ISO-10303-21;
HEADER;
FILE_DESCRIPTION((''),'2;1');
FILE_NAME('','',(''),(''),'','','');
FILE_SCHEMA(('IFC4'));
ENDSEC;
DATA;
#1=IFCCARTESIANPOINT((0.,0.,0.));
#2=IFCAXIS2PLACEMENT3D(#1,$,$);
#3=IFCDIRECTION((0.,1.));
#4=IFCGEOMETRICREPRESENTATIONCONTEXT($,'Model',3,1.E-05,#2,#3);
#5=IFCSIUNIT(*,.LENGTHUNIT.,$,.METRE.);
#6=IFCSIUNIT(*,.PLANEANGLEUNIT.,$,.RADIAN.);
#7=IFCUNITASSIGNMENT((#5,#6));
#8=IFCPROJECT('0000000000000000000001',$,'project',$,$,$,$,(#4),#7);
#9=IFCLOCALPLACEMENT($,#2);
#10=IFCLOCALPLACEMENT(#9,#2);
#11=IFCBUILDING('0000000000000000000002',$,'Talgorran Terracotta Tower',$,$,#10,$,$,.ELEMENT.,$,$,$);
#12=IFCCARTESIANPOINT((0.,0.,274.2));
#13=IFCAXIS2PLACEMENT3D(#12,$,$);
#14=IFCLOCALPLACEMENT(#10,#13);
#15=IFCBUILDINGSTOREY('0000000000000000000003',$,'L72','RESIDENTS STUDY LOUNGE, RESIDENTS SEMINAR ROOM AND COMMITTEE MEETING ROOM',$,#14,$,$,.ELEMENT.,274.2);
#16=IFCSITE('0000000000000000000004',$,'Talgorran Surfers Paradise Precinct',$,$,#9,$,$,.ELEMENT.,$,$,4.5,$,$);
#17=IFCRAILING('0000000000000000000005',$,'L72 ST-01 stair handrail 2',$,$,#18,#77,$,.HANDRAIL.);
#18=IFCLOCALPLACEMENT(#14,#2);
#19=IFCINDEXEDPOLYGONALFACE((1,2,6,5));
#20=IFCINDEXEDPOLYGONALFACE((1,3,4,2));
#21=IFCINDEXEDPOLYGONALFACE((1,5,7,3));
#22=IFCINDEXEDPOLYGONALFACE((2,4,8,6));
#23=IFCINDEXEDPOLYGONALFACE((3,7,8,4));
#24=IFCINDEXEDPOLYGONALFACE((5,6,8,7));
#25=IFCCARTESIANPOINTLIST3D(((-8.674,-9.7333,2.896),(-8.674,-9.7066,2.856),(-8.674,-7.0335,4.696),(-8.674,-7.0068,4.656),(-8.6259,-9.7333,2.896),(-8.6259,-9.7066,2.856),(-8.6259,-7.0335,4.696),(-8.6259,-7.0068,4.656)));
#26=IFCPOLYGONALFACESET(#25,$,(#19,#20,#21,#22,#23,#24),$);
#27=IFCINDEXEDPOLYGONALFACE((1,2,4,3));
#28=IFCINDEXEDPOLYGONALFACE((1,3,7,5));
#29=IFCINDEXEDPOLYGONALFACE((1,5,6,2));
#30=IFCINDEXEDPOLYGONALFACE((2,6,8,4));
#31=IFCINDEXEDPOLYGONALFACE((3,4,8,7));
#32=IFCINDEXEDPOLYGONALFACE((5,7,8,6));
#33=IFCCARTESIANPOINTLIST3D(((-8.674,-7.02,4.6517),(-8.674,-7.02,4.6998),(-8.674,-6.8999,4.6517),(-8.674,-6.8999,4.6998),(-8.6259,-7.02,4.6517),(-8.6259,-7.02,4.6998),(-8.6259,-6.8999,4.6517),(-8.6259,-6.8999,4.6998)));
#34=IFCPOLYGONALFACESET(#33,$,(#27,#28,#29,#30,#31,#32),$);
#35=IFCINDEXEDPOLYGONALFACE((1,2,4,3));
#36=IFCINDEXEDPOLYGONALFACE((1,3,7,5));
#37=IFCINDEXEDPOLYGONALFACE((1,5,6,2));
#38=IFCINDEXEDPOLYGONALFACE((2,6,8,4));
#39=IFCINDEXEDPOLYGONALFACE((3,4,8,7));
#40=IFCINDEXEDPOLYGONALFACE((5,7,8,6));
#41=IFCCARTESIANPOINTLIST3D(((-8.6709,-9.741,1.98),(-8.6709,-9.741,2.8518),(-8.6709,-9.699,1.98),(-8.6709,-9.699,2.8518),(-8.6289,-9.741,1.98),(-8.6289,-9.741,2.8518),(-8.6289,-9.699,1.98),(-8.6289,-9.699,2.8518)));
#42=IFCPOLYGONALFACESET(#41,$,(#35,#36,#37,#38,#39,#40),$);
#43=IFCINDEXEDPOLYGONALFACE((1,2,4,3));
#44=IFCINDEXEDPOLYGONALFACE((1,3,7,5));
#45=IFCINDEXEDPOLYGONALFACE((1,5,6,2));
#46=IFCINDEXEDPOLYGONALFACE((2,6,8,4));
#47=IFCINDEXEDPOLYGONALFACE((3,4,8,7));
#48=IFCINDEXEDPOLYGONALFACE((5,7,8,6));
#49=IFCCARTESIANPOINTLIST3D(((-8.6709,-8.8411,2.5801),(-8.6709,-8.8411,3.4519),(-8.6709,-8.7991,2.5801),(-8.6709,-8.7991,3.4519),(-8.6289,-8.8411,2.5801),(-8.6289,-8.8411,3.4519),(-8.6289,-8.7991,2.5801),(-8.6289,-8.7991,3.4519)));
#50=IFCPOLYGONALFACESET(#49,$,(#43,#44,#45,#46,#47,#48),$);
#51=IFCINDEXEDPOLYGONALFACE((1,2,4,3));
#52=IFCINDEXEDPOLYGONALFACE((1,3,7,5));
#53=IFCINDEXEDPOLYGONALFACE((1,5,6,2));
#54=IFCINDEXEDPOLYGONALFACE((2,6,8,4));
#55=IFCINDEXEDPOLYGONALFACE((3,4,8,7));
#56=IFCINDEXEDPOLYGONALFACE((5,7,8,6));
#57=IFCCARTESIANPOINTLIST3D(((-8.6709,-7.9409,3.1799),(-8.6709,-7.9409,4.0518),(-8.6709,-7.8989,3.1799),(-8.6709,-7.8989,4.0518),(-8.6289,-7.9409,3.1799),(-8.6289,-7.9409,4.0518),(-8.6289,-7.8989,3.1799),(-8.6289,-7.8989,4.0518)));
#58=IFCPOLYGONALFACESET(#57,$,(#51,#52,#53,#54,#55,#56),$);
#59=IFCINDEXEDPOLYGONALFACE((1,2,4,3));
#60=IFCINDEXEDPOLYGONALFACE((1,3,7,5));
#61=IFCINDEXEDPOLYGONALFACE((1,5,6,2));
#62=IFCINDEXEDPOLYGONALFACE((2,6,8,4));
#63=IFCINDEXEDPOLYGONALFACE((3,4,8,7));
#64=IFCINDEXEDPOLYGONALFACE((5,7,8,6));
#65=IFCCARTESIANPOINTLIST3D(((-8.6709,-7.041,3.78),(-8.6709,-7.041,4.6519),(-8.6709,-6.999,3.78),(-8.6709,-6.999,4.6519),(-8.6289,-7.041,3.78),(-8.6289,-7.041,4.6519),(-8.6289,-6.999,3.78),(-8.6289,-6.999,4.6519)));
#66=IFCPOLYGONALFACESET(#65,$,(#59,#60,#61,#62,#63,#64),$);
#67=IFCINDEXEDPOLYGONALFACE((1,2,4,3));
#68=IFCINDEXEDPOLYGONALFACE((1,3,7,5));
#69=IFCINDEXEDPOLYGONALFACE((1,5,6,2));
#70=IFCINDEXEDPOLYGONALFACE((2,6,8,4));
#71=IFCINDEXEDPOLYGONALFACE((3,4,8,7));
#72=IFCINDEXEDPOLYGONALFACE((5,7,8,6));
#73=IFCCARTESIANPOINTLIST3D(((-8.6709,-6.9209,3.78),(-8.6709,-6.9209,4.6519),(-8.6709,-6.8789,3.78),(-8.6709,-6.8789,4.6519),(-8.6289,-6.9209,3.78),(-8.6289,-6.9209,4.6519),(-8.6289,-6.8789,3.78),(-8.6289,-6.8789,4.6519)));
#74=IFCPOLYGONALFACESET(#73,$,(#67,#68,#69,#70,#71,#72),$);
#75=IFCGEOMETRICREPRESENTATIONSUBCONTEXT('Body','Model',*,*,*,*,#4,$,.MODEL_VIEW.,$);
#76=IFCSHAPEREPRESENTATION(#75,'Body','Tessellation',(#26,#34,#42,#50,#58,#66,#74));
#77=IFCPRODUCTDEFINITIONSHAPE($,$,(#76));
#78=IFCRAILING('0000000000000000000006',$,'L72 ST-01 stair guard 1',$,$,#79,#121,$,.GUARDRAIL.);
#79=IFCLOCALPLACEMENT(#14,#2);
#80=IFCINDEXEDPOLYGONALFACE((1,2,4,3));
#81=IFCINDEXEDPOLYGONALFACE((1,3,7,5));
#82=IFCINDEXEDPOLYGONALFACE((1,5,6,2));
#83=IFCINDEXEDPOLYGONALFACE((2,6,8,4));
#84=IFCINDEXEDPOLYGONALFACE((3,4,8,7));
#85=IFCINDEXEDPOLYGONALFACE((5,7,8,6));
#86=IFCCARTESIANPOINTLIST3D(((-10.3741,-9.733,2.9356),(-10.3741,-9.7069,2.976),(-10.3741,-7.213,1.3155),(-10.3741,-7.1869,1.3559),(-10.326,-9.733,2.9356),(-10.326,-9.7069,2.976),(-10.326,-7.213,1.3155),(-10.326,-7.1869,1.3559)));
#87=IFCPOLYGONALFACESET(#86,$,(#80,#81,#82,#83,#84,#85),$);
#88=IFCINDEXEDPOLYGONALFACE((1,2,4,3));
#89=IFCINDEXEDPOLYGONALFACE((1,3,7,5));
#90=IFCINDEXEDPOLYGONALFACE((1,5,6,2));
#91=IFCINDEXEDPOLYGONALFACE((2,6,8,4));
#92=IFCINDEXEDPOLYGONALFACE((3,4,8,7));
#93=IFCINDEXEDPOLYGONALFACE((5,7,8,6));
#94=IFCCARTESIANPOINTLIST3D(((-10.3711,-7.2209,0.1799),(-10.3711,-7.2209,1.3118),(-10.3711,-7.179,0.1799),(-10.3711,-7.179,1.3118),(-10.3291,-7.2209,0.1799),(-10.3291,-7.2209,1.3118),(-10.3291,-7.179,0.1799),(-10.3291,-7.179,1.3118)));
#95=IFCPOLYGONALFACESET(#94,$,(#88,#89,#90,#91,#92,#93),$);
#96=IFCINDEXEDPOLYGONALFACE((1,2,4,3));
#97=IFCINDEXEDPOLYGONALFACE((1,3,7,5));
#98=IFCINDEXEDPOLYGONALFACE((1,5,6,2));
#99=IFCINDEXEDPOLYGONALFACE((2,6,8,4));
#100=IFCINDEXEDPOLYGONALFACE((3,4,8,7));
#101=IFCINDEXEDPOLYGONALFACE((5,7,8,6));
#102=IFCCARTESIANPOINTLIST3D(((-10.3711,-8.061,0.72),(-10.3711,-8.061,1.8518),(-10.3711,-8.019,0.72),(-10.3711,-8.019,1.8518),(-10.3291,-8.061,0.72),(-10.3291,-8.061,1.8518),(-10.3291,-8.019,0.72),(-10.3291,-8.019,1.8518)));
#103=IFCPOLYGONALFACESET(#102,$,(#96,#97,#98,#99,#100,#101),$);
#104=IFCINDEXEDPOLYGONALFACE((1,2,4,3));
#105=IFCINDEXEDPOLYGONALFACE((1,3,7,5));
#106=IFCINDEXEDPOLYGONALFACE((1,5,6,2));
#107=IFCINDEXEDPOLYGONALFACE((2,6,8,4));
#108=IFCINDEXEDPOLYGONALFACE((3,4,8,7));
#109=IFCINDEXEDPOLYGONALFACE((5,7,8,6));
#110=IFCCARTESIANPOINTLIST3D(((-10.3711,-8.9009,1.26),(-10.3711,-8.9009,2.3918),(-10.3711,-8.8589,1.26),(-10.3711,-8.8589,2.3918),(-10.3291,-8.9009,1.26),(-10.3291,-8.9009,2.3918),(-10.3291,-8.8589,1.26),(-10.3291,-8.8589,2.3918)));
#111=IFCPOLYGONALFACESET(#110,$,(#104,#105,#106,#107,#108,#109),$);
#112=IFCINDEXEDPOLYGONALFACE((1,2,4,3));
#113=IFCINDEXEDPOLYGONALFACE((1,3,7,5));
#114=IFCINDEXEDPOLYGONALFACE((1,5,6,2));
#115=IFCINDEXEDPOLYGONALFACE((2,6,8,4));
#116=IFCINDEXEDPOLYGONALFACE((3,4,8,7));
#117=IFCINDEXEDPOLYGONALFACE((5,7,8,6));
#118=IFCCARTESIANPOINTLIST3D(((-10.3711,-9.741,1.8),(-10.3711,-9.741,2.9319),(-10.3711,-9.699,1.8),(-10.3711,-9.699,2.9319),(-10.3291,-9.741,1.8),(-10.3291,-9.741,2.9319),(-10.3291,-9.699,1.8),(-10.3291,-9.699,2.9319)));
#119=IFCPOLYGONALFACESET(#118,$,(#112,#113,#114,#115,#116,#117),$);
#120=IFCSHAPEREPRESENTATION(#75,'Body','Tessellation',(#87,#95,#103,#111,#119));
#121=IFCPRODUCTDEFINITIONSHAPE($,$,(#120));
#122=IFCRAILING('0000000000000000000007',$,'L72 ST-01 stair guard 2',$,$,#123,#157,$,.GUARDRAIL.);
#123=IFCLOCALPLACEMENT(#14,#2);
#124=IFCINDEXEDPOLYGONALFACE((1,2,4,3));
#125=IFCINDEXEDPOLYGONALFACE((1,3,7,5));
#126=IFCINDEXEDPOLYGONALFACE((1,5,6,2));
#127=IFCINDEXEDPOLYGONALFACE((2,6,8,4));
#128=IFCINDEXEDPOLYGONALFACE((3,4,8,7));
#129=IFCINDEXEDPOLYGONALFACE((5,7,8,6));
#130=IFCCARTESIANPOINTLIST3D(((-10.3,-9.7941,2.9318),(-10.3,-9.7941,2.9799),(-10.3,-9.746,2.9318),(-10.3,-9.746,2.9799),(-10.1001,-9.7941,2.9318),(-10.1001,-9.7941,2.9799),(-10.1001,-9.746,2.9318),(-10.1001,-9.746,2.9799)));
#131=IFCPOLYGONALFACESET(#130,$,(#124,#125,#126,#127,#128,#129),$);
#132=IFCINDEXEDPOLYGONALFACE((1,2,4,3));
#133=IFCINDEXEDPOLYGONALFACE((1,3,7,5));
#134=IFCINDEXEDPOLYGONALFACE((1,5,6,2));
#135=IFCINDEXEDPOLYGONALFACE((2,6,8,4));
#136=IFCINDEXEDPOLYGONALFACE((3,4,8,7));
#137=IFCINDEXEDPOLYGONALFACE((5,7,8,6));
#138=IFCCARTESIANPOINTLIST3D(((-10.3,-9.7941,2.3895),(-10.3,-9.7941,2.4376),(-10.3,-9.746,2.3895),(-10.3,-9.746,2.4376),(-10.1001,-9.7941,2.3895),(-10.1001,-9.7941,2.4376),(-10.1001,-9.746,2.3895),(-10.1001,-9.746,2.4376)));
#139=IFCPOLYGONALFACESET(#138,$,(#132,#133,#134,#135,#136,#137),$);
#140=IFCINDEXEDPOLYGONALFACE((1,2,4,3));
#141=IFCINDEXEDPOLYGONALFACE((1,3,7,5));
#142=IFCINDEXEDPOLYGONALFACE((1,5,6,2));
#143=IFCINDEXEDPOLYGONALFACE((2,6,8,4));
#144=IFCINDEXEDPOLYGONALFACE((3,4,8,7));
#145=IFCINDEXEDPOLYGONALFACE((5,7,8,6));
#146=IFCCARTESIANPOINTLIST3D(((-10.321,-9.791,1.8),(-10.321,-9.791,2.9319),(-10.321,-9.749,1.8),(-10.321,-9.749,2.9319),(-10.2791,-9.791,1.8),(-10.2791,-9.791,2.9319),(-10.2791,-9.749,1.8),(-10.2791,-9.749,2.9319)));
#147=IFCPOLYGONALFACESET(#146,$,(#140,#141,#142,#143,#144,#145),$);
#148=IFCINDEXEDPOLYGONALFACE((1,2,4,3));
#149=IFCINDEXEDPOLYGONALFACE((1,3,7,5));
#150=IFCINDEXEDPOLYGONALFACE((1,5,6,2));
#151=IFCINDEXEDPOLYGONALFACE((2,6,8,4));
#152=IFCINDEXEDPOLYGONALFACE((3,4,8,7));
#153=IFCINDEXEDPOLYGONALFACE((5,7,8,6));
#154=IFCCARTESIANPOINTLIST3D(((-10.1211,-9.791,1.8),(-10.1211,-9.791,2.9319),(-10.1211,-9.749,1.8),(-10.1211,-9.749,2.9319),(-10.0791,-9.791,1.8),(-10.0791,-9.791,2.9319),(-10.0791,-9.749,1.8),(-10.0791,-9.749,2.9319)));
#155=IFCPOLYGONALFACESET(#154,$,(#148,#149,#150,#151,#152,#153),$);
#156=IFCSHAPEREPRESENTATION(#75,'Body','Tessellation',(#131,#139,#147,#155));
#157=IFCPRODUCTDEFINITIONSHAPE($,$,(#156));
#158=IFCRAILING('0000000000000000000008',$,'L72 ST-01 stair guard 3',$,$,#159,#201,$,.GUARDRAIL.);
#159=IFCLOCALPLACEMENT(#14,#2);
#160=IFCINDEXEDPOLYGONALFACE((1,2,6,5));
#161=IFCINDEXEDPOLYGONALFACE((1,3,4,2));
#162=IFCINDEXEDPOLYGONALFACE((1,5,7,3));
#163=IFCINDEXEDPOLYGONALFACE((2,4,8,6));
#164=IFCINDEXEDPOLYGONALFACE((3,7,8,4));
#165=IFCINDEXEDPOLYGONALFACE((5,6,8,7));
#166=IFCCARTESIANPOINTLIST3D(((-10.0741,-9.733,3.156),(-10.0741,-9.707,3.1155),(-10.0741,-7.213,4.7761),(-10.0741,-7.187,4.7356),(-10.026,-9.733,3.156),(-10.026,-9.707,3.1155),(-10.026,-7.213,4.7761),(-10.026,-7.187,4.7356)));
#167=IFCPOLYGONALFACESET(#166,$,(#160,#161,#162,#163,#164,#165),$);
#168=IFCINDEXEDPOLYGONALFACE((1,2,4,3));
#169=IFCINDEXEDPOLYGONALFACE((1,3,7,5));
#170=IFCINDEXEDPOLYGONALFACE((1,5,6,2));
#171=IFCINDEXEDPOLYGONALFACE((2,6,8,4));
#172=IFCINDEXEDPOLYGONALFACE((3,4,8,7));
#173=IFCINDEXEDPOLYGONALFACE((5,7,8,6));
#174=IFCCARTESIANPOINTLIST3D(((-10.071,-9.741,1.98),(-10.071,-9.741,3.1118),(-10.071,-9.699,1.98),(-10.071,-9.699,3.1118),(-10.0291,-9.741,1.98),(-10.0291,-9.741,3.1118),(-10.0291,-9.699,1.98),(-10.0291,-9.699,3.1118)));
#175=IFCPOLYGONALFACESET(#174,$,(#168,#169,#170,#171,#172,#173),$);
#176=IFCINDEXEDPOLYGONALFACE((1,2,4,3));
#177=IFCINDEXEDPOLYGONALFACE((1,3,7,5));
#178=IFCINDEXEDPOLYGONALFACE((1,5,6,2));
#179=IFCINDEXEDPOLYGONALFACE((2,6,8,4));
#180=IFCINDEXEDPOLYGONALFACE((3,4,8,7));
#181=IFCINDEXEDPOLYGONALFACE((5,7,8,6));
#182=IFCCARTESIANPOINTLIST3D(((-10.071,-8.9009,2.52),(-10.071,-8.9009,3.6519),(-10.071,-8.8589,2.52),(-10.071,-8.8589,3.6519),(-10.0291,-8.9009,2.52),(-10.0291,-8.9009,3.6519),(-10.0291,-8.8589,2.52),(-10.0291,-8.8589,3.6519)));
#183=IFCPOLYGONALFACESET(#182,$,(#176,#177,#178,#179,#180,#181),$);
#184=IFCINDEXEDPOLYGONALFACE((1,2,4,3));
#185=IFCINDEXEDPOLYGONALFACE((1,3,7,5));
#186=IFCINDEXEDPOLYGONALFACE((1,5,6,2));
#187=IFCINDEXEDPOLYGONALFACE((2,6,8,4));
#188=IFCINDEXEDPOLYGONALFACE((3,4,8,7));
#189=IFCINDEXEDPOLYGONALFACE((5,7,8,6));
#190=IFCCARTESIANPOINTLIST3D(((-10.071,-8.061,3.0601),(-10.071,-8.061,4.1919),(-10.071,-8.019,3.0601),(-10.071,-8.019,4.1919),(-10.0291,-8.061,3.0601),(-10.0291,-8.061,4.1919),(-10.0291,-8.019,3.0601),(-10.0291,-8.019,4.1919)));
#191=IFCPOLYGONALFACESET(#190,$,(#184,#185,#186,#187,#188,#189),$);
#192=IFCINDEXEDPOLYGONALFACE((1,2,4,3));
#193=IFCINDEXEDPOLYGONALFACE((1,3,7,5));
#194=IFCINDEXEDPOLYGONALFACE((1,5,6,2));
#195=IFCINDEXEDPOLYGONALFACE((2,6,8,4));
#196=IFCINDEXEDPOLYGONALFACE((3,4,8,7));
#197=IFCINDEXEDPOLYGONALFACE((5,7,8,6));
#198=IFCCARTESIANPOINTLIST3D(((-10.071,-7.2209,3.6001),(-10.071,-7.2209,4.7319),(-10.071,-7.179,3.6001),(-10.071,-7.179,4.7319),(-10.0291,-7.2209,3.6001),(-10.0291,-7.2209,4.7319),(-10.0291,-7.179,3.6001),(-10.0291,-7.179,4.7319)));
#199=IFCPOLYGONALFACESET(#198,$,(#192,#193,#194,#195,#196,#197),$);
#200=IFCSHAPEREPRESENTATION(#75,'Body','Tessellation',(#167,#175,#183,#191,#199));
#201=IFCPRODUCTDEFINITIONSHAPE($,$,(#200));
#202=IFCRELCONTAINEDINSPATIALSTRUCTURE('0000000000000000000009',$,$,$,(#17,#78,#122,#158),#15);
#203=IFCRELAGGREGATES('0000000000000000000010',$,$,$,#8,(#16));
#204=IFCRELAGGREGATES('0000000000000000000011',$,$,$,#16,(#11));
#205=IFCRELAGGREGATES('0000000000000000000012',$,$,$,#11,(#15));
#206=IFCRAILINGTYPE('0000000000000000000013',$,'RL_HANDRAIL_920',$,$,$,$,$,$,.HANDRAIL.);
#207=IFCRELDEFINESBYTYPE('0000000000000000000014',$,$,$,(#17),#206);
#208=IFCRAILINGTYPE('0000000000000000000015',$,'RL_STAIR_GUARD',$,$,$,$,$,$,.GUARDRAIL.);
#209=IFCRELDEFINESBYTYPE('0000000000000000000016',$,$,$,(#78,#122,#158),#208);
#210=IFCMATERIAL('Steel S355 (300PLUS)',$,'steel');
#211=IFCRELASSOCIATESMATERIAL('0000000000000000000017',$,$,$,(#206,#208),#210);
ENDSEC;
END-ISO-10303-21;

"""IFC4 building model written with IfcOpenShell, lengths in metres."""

from ifc_helpers import new_model, si_unit, direction, frame, origin, origin_2d, place, context, subcontext, project, spatial, rectangle, extrude, material, type_object, element, save


model = new_model("IFC4")

# Units and contexts
model_context = context("Model", 3, precision=1e-05, world=origin(), true_north=direction((0.0, 1.0)))
body_context = subcontext(model_context, "Body", "Model", "MODEL_VIEW")
ifc_project = project(units=[si_unit("LENGTHUNIT", "METRE"), si_unit("PLANEANGLEUNIT", "RADIAN")], contexts=[model_context])

# Site, building, storey
site_placement = place(None, origin())
site = spatial("IfcSite", under=ifc_project, at=site_placement, Name="Talgorran Surfers Paradise Precinct", CompositionType="ELEMENT", RefElevation=4.5)
building_placement = place(site_placement, origin())
building = spatial("IfcBuilding", under=site, at=building_placement, Name="Talgorran Terracotta Tower", CompositionType="ELEMENT")
storey_placement = place(building_placement, frame((0.0, 0.0, 274.2)))
storey = spatial("IfcBuildingStorey", under=building, at=storey_placement, Name="L72", Description="RESIDENTS STUDY LOUNGE, RESIDENTS SEMINAR ROOM AND COMMITTEE MEETING ROOM", CompositionType="ELEMENT", Elevation=274.2)

# Shared definitions
ifc_material_1 = material(Name="Steel S355 (300PLUS)", Category="steel")

# Railings
railing_type_1 = type_object("IfcRailingType", Name="RL_HANDRAIL_920", PredefinedType="HANDRAIL", material=ifc_material_1)
railing_1_placement = place(storey_placement, frame((-8.6499, -9.72, 1.98)))
element("IfcRailing", 1, at=railing_1_placement, inside=storey, type_object=railing_type_1, Name="L72 ST-01 stair handrail 2", PredefinedType="HANDRAIL", context=body_context, shape_type="SweptSolid", body=[
    extrude(rectangle(XDim=0.0481, YDim=0.0481, at=origin_2d()), frame((0.0, 0.0, 0.896), z_axis=(0.0, 0.832039, 0.554718), x_axis=(-1.0, 0.0, 0.0)), (0.0, 0.0, 1.0), 3.2449),
    extrude(rectangle(XDim=0.0481, YDim=0.0481, at=origin_2d()), frame((0.0, 2.7, 2.6958), z_axis=(0.0, 1.0, 0.0), x_axis=(-1.0, 0.0, 0.0)), (0.0, 0.0, 1.0), 0.1201),
    extrude(rectangle(XDim=0.042, YDim=0.042, at=origin_2d()), origin(), (0.0, 0.0, 1.0), 0.8718),
    extrude(rectangle(XDim=0.042, YDim=0.042, at=origin_2d()), frame((0.0, 0.8999, 0.6001)), (0.0, 0.0, 1.0), 0.8718),
    extrude(rectangle(XDim=0.042, YDim=0.042, at=origin_2d()), frame((0.0, 1.8, 1.2)), (0.0, 0.0, 1.0), 0.8718),
    extrude(rectangle(XDim=0.042, YDim=0.042, at=origin_2d()), frame((0.0, 2.7, 1.8)), (0.0, 0.0, 1.0), 0.8718),
    extrude(rectangle(XDim=0.042, YDim=0.042, at=origin_2d()), frame((0.0, 2.8201, 1.8)), (0.0, 0.0, 1.0), 0.8718),
])
railing_type_2 = type_object("IfcRailingType", Name="RL_STAIR_GUARD", PredefinedType="GUARDRAIL", material=ifc_material_1)
railing_2_placement = place(storey_placement, frame((-10.3501, -7.2, 0.1799)))
element("IfcRailing", 2, at=railing_2_placement, inside=storey, type_object=railing_type_2, Name="L72 ST-01 stair guard 1", PredefinedType="GUARDRAIL", context=body_context, shape_type="SweptSolid", body=[
    extrude(rectangle(XDim=0.0481, YDim=0.0481, at=origin_2d()), frame((0.0, 0.0, 1.1558), z_axis=(0.0, -0.841163, 0.540782), x_axis=(1.0, 0.0, 0.0)), (0.0, 0.0, 1.0), 2.9958),
    extrude(rectangle(XDim=0.042, YDim=0.042, at=origin_2d()), origin(), (0.0, 0.0, 1.0), 1.1318),
    extrude(rectangle(XDim=0.042, YDim=0.042, at=origin_2d()), frame((0.0, -0.8401, 0.54)), (0.0, 0.0, 1.0), 1.1318),
    extrude(rectangle(XDim=0.042, YDim=0.042, at=origin_2d()), frame((0.0, -1.6799, 1.0801)), (0.0, 0.0, 1.0), 1.1318),
    extrude(rectangle(XDim=0.042, YDim=0.042, at=origin_2d()), frame((0.0, -2.52, 1.6201)), (0.0, 0.0, 1.0), 1.1318),
])
railing_3_placement = place(storey_placement, frame((-10.3, -9.77, 1.8)))
element("IfcRailing", 3, at=railing_3_placement, inside=storey, type_object=railing_type_2, Name="L72 ST-01 stair guard 2", PredefinedType="GUARDRAIL", context=body_context, shape_type="SweptSolid", body=[
    extrude(rectangle(XDim=0.0481, YDim=0.0481, at=origin_2d()), frame((0.0, 0.0, 1.1558), z_axis=(1.0, 0.0, 0.0), x_axis=(0.0, 1.0, 0.0)), (0.0, 0.0, 1.0), 0.2),
    extrude(rectangle(XDim=0.0481, YDim=0.0481, at=origin_2d()), frame((0.0, 0.0, 0.6135), z_axis=(1.0, 0.0, 0.0), x_axis=(0.0, 1.0, 0.0)), (0.0, 0.0, 1.0), 0.2),
    extrude(rectangle(XDim=0.042, YDim=0.042, at=origin_2d()), origin(), (0.0, 0.0, 1.0), 1.1318),
    extrude(rectangle(XDim=0.042, YDim=0.042, at=origin_2d()), frame((0.2, 0.0, 0.0)), (0.0, 0.0, 1.0), 1.1318),
])
railing_4_placement = place(storey_placement, frame((-10.05, -9.72, 1.98)))
element("IfcRailing", 4, at=railing_4_placement, inside=storey, type_object=railing_type_2, Name="L72 ST-01 stair guard 3", PredefinedType="GUARDRAIL", context=body_context, shape_type="SweptSolid", body=[
    extrude(rectangle(XDim=0.0481, YDim=0.0481, at=origin_2d()), frame((0.0, 0.0, 1.1558), z_axis=(0.0, 0.841163, 0.540782), x_axis=(-1.0, 0.0, 0.0)), (0.0, 0.0, 1.0), 2.9958),
    extrude(rectangle(XDim=0.042, YDim=0.042, at=origin_2d()), origin(), (0.0, 0.0, 1.0), 1.1318),
    extrude(rectangle(XDim=0.042, YDim=0.042, at=origin_2d()), frame((0.0, 0.8401, 0.54)), (0.0, 0.0, 1.0), 1.1318),
    extrude(rectangle(XDim=0.042, YDim=0.042, at=origin_2d()), frame((0.0, 1.6799, 1.0801)), (0.0, 0.0, 1.0), 1.1318),
    extrude(rectangle(XDim=0.042, YDim=0.042, at=origin_2d()), frame((0.0, 2.52, 1.6201)), (0.0, 0.0, 1.0), 1.1318),
])

save(model, "model.ifc")
